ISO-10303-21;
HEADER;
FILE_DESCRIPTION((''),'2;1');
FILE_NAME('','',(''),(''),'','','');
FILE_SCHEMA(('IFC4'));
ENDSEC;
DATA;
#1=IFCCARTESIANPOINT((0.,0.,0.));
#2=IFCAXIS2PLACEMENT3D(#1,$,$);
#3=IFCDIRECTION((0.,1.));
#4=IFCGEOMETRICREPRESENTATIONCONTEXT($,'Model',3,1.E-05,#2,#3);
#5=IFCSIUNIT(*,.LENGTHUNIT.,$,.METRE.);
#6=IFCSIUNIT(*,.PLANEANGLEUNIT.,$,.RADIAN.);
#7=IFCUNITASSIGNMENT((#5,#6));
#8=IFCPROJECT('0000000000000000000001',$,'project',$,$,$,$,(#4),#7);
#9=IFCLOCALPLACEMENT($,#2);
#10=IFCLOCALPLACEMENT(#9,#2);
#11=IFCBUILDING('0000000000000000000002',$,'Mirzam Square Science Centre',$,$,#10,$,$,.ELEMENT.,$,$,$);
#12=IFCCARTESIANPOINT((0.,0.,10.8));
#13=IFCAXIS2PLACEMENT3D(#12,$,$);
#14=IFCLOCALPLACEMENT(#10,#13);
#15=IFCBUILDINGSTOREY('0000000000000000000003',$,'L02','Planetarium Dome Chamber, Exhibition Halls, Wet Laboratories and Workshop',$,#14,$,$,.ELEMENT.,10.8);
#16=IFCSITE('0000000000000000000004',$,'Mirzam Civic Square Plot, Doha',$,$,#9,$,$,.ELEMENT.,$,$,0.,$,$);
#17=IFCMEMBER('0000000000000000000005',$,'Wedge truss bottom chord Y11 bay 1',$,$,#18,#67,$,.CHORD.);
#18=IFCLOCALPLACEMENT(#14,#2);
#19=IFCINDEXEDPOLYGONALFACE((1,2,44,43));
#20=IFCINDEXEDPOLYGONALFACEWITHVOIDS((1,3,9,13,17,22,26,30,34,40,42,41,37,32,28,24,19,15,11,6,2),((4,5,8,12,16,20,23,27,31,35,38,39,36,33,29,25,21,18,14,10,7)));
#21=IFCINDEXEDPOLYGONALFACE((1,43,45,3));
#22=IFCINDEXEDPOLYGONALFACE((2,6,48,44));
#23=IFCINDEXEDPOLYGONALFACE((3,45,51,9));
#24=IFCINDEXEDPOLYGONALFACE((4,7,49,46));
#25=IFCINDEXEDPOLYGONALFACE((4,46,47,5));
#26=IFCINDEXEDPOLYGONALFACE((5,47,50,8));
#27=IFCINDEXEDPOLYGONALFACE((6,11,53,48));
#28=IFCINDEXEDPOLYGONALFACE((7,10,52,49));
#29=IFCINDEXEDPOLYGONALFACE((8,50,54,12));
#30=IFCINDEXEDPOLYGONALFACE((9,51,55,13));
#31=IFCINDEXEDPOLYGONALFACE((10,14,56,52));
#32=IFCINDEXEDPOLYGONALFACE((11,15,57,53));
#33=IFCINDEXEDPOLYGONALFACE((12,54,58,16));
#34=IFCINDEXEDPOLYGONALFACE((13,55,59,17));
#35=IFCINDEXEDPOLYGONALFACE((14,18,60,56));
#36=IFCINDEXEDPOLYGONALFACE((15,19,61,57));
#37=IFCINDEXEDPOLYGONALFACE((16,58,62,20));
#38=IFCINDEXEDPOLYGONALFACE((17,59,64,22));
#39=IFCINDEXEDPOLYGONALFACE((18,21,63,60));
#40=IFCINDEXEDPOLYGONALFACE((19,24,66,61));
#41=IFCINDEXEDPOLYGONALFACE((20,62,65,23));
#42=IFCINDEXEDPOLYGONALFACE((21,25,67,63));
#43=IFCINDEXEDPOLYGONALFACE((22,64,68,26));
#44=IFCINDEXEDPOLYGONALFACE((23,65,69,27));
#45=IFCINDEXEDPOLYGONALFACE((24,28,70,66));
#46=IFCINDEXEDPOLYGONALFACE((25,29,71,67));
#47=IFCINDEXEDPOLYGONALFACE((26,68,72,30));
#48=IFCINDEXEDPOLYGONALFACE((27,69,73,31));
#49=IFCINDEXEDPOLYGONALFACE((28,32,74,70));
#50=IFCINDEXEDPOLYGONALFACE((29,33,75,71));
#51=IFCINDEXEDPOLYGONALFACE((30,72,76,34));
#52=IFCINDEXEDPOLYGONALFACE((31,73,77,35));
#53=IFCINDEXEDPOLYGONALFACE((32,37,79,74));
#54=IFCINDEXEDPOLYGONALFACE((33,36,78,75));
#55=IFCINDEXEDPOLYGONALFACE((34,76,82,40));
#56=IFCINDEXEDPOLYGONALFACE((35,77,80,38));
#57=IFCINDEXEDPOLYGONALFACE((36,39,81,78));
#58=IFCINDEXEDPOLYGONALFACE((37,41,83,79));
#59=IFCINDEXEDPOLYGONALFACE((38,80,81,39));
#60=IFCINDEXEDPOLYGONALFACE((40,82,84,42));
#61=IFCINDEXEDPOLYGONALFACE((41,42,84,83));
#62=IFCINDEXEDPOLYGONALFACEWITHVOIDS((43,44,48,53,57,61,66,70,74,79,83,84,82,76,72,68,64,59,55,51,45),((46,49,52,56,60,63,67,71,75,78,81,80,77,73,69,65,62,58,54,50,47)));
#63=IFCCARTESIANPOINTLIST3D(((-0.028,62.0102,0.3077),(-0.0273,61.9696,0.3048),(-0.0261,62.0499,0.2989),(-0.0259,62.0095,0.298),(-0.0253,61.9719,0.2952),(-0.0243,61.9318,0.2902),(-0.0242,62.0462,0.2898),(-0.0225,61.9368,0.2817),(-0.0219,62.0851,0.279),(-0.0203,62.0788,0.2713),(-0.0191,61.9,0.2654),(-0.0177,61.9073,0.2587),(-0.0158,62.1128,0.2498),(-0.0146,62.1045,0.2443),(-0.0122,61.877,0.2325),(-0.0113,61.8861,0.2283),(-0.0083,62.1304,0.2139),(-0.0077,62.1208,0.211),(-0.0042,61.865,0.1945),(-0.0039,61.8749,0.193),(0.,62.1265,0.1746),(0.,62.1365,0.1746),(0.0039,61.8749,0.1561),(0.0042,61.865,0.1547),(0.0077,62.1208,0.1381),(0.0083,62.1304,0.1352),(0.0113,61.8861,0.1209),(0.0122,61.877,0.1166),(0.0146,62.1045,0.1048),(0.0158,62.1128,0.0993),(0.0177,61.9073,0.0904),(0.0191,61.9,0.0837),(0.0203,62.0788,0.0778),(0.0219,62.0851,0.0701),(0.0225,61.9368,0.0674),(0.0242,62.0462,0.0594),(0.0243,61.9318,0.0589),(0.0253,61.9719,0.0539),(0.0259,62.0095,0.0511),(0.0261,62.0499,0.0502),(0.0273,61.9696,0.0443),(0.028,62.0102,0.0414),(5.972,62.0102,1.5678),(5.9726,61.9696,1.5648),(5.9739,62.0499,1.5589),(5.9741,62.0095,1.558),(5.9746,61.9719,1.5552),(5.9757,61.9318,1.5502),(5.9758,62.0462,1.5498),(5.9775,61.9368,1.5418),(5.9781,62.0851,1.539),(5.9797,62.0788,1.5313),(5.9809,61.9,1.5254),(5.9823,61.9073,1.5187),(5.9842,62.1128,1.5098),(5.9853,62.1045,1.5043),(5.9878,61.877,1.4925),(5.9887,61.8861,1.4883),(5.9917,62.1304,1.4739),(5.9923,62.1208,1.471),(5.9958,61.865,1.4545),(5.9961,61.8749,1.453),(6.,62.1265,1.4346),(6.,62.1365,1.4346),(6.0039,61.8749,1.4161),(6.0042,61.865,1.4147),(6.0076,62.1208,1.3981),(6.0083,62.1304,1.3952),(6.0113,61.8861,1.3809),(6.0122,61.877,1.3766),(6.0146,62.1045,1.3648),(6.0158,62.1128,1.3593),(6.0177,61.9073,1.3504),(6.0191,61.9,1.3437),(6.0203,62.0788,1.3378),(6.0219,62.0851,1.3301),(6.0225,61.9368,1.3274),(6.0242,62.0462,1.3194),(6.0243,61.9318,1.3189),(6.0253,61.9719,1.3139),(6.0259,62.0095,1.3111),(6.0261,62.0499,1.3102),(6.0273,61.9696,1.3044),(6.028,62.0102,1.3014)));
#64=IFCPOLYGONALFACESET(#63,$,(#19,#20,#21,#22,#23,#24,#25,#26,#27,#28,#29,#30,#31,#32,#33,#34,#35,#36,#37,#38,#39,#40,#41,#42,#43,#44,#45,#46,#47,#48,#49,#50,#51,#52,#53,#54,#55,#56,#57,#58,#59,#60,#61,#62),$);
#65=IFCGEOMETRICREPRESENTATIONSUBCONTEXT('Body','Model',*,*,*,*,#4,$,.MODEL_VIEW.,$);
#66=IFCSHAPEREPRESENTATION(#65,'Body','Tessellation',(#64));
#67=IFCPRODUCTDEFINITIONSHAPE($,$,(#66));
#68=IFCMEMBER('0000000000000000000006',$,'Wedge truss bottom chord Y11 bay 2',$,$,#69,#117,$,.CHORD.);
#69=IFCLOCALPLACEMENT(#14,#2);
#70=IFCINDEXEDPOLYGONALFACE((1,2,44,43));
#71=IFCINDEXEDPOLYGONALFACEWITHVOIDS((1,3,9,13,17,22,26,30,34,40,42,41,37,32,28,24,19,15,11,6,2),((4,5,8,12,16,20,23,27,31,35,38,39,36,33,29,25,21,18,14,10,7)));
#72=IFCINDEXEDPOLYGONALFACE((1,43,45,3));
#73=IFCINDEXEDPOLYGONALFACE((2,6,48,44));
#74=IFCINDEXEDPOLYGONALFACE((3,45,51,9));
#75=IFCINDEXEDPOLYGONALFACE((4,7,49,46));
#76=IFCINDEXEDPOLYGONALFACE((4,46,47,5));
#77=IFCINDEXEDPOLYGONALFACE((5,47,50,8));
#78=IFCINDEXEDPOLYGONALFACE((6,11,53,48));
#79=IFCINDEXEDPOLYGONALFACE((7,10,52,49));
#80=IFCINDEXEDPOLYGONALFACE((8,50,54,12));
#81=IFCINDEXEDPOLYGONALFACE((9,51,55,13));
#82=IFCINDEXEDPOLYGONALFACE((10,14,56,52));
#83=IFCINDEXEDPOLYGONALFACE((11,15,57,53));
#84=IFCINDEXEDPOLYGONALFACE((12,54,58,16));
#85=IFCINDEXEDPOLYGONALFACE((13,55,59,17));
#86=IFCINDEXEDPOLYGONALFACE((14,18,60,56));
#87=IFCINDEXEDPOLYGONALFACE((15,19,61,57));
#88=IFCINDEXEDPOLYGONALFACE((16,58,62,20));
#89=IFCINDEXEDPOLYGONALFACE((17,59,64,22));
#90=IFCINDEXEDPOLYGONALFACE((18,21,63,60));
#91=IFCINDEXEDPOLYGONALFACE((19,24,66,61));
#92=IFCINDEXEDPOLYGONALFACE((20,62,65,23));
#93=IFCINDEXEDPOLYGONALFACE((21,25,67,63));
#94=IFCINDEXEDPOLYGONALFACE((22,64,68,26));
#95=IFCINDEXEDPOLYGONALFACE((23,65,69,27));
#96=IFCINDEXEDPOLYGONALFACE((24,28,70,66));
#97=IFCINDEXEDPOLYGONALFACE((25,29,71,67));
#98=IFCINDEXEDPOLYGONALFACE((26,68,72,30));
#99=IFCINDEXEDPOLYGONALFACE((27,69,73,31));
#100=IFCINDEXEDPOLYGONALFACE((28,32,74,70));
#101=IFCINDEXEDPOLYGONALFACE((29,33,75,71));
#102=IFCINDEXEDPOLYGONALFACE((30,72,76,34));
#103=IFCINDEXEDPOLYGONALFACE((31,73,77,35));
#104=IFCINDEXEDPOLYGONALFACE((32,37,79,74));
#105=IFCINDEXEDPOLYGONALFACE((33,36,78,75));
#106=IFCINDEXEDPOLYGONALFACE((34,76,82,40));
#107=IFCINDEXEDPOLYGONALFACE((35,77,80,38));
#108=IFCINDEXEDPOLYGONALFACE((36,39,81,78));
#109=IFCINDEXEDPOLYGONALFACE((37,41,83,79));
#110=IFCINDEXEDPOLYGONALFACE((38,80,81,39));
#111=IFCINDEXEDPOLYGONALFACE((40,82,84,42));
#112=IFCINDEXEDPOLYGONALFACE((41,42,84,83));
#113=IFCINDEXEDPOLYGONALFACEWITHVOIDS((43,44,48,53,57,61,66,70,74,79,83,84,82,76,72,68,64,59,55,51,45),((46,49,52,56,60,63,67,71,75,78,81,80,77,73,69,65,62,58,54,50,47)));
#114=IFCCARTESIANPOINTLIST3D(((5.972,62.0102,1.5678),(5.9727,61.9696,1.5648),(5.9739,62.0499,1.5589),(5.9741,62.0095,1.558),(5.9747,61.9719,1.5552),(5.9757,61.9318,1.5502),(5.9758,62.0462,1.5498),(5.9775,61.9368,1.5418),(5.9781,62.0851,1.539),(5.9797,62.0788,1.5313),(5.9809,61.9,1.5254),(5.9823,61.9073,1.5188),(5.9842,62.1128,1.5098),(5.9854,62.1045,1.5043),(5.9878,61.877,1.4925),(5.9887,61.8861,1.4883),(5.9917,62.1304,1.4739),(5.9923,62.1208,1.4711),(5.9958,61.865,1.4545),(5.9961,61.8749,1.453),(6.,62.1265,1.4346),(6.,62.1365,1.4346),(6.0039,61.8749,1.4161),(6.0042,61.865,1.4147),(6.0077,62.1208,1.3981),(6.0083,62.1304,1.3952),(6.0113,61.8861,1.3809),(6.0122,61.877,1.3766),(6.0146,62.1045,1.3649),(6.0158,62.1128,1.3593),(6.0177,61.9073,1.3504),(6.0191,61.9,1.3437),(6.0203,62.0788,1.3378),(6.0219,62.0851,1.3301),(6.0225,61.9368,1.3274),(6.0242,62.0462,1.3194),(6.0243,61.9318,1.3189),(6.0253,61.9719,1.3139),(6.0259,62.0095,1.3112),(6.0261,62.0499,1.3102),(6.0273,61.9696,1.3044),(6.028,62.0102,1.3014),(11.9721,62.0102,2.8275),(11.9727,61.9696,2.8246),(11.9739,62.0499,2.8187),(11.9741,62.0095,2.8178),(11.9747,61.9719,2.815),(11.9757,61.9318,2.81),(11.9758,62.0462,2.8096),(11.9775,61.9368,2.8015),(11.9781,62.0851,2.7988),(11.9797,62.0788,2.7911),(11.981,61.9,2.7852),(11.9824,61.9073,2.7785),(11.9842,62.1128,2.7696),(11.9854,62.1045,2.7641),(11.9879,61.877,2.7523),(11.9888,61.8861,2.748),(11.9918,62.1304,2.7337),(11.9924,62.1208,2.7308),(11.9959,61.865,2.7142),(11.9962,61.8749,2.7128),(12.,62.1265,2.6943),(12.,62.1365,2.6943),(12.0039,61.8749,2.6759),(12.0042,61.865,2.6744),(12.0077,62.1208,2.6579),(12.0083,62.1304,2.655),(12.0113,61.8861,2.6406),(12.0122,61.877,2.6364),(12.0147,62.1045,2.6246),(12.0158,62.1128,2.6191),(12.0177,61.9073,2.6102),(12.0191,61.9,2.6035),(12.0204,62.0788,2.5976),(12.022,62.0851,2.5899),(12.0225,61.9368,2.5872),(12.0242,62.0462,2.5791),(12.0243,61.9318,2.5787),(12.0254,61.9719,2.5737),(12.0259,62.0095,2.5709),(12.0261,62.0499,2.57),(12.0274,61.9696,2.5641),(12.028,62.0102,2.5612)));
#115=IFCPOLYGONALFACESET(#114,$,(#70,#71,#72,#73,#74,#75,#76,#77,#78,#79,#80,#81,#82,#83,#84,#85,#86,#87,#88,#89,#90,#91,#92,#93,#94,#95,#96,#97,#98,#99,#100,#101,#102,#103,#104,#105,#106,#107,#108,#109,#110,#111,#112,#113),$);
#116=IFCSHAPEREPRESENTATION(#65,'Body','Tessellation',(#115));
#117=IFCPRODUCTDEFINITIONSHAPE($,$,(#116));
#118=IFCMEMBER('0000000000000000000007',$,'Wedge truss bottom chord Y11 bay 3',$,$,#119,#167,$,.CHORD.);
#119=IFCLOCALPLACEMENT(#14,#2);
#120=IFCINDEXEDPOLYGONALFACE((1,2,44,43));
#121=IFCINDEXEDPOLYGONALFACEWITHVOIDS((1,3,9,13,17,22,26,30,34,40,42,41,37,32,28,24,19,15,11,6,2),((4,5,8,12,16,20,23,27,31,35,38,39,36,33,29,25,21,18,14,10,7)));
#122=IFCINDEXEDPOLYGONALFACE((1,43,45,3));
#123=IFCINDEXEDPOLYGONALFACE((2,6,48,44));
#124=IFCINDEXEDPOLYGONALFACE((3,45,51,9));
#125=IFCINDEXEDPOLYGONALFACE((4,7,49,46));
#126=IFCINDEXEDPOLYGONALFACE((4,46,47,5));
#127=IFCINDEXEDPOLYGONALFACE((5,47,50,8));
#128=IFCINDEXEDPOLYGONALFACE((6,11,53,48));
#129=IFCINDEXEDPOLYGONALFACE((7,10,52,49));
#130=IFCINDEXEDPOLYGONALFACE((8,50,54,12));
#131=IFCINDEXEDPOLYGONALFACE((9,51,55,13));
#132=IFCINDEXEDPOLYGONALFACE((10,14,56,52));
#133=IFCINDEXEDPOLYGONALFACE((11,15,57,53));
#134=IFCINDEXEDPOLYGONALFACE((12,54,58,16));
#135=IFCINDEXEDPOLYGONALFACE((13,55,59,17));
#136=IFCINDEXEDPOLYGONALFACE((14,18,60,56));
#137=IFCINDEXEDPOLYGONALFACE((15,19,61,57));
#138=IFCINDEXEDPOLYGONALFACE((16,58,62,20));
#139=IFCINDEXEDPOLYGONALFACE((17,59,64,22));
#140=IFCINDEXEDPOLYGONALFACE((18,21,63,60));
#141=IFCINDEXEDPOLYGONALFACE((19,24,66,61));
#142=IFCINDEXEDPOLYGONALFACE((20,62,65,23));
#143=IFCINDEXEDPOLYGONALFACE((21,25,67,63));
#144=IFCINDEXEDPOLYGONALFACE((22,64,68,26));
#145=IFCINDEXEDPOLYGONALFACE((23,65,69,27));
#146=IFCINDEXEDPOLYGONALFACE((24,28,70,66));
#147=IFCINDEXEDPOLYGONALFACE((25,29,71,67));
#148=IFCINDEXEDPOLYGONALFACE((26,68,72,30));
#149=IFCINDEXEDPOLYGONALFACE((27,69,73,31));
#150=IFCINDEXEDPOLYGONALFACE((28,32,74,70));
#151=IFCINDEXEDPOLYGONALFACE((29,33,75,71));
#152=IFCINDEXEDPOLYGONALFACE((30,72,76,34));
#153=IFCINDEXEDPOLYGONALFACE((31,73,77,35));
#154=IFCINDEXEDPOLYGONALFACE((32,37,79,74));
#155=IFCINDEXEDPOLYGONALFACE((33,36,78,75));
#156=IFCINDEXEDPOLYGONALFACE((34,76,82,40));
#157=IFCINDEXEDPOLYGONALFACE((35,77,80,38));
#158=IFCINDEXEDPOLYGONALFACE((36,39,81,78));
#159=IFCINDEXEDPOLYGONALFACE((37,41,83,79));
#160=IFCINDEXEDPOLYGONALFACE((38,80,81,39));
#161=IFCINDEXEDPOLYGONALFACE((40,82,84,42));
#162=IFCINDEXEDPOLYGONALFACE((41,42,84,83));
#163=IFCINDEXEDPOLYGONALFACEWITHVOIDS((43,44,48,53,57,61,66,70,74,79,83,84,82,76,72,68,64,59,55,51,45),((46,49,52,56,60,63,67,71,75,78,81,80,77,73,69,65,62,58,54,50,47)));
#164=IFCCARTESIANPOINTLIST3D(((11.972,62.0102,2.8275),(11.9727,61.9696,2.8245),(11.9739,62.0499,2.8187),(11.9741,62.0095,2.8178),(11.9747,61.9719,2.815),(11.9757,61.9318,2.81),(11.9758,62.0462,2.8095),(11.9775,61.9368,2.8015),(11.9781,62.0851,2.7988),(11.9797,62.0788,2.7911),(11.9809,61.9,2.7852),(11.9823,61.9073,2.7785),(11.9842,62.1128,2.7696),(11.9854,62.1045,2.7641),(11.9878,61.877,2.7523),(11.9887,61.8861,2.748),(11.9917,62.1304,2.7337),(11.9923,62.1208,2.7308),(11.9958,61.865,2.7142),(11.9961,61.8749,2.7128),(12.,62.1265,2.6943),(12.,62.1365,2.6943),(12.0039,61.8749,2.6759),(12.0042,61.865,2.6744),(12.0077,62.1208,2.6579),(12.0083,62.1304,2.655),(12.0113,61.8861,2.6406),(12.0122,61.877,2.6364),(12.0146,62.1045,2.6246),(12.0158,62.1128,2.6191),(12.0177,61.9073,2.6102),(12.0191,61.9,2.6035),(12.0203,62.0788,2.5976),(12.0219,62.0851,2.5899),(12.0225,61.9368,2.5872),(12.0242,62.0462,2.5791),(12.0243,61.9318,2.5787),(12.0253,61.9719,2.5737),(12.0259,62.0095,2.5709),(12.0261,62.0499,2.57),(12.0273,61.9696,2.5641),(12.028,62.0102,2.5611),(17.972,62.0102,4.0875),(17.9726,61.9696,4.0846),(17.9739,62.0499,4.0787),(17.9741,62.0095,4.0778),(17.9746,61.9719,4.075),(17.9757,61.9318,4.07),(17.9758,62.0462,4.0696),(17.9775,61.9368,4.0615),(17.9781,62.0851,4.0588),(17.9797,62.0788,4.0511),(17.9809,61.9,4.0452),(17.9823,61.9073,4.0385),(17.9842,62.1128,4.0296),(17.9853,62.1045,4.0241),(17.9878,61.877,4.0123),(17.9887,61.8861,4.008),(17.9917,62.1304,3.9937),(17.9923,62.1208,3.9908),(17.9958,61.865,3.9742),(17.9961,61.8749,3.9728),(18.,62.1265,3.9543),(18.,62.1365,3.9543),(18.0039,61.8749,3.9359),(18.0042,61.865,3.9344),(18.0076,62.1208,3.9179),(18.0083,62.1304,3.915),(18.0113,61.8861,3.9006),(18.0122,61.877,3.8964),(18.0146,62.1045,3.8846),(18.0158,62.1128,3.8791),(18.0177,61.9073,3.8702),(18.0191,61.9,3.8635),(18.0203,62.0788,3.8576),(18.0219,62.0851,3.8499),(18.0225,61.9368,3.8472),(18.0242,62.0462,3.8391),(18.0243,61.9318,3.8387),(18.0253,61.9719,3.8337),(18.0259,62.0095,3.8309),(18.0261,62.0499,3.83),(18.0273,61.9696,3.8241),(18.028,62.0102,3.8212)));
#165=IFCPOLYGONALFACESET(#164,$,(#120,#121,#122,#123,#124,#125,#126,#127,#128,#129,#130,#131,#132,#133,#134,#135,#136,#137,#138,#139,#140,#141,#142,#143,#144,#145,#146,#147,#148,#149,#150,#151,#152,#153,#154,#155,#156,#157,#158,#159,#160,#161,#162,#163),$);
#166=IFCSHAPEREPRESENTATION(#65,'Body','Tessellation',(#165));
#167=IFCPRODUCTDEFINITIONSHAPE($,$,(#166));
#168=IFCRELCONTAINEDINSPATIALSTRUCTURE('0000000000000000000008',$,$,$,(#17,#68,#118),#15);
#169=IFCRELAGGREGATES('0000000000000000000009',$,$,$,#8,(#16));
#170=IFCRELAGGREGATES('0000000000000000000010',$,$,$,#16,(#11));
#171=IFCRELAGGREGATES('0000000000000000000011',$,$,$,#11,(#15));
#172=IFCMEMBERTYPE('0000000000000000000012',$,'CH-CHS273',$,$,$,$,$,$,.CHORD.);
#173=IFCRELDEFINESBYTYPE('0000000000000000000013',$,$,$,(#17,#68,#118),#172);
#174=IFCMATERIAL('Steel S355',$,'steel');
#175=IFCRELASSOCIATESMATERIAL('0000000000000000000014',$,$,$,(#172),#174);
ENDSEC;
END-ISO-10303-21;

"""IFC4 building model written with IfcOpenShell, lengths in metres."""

from ifc_helpers import new_model, si_unit, direction, frame, origin, origin_2d, place, context, subcontext, project, spatial, hollow_circle, extrude, material, material_profile, profile_set, type_object, element, save


model = new_model("IFC4")

# Units and contexts
model_context = context("Model", 3, precision=1e-05, world=origin(), true_north=direction((0.0, 1.0)))
body_context = subcontext(model_context, "Body", "Model", "MODEL_VIEW")
ifc_project = project(units=[si_unit("LENGTHUNIT", "METRE"), si_unit("PLANEANGLEUNIT", "RADIAN")], contexts=[model_context])

# Site, building, storey
site_placement = place(None, origin())
site = spatial("IfcSite", under=ifc_project, at=site_placement, Name="Mirzam Civic Square Plot, Doha", CompositionType="ELEMENT", RefElevation=0.0)
building_placement = place(site_placement, origin())
building = spatial("IfcBuilding", under=site, at=building_placement, Name="Mirzam Square Science Centre", CompositionType="ELEMENT")
storey_placement = place(building_placement, frame((0.0, 0.0, 10.8)))
storey = spatial("IfcBuildingStorey", under=building, at=storey_placement, Name="L02", Description="Planetarium Dome Chamber, Exhibition Halls, Wet Laboratories and Workshop", CompositionType="ELEMENT", Elevation=10.8)

# Members
ifc_material = material(Name="Steel S355", Category="steel")
ifc_material_profile_1 = material_profile(ifc_material, hollow_circle(Radius=0.1365, WallThickness=0.01, at=origin_2d()), Name="273.0x10.0CHS")
ifc_profile_set_1 = profile_set([ifc_material_profile_1], Name="Steel S355")
member_type_1 = type_object("IfcMemberType", Name="CH-CHS273", PredefinedType="CHORD", material=ifc_profile_set_1)
for number, where, z_axis, x_axis, name in (
    (1, (0.0, 62.0, 0.1746), (0.978653, 0.0, 0.205519), (0.0, 1.0, 0.0), "Wedge truss bottom chord Y11 bay 1"),
    (2, (6.0, 62.0, 1.4346), (0.978661, 0.0, 0.205481), (0.0, 1.0, 0.0), "Wedge truss bottom chord Y11 bay 2"),
    (3, (12.0, 62.0, 2.6943), (0.978653, 0.0, 0.205519), (0.0, 1.0, 0.0), "Wedge truss bottom chord Y11 bay 3"),
):
    element("IfcMember", number, at=place(storey_placement, frame(where, z_axis=z_axis, x_axis=x_axis)), inside=storey, type_object=member_type_1, Name=name, PredefinedType="CHORD", context=body_context, shape_type="SweptSolid", body=[
        extrude(hollow_circle(Radius=0.1365, WallThickness=0.01, at=origin_2d()), origin(), (0.0, 0.0, 1.0), 6.1309),
    ])

save(model, "model.ifc")
